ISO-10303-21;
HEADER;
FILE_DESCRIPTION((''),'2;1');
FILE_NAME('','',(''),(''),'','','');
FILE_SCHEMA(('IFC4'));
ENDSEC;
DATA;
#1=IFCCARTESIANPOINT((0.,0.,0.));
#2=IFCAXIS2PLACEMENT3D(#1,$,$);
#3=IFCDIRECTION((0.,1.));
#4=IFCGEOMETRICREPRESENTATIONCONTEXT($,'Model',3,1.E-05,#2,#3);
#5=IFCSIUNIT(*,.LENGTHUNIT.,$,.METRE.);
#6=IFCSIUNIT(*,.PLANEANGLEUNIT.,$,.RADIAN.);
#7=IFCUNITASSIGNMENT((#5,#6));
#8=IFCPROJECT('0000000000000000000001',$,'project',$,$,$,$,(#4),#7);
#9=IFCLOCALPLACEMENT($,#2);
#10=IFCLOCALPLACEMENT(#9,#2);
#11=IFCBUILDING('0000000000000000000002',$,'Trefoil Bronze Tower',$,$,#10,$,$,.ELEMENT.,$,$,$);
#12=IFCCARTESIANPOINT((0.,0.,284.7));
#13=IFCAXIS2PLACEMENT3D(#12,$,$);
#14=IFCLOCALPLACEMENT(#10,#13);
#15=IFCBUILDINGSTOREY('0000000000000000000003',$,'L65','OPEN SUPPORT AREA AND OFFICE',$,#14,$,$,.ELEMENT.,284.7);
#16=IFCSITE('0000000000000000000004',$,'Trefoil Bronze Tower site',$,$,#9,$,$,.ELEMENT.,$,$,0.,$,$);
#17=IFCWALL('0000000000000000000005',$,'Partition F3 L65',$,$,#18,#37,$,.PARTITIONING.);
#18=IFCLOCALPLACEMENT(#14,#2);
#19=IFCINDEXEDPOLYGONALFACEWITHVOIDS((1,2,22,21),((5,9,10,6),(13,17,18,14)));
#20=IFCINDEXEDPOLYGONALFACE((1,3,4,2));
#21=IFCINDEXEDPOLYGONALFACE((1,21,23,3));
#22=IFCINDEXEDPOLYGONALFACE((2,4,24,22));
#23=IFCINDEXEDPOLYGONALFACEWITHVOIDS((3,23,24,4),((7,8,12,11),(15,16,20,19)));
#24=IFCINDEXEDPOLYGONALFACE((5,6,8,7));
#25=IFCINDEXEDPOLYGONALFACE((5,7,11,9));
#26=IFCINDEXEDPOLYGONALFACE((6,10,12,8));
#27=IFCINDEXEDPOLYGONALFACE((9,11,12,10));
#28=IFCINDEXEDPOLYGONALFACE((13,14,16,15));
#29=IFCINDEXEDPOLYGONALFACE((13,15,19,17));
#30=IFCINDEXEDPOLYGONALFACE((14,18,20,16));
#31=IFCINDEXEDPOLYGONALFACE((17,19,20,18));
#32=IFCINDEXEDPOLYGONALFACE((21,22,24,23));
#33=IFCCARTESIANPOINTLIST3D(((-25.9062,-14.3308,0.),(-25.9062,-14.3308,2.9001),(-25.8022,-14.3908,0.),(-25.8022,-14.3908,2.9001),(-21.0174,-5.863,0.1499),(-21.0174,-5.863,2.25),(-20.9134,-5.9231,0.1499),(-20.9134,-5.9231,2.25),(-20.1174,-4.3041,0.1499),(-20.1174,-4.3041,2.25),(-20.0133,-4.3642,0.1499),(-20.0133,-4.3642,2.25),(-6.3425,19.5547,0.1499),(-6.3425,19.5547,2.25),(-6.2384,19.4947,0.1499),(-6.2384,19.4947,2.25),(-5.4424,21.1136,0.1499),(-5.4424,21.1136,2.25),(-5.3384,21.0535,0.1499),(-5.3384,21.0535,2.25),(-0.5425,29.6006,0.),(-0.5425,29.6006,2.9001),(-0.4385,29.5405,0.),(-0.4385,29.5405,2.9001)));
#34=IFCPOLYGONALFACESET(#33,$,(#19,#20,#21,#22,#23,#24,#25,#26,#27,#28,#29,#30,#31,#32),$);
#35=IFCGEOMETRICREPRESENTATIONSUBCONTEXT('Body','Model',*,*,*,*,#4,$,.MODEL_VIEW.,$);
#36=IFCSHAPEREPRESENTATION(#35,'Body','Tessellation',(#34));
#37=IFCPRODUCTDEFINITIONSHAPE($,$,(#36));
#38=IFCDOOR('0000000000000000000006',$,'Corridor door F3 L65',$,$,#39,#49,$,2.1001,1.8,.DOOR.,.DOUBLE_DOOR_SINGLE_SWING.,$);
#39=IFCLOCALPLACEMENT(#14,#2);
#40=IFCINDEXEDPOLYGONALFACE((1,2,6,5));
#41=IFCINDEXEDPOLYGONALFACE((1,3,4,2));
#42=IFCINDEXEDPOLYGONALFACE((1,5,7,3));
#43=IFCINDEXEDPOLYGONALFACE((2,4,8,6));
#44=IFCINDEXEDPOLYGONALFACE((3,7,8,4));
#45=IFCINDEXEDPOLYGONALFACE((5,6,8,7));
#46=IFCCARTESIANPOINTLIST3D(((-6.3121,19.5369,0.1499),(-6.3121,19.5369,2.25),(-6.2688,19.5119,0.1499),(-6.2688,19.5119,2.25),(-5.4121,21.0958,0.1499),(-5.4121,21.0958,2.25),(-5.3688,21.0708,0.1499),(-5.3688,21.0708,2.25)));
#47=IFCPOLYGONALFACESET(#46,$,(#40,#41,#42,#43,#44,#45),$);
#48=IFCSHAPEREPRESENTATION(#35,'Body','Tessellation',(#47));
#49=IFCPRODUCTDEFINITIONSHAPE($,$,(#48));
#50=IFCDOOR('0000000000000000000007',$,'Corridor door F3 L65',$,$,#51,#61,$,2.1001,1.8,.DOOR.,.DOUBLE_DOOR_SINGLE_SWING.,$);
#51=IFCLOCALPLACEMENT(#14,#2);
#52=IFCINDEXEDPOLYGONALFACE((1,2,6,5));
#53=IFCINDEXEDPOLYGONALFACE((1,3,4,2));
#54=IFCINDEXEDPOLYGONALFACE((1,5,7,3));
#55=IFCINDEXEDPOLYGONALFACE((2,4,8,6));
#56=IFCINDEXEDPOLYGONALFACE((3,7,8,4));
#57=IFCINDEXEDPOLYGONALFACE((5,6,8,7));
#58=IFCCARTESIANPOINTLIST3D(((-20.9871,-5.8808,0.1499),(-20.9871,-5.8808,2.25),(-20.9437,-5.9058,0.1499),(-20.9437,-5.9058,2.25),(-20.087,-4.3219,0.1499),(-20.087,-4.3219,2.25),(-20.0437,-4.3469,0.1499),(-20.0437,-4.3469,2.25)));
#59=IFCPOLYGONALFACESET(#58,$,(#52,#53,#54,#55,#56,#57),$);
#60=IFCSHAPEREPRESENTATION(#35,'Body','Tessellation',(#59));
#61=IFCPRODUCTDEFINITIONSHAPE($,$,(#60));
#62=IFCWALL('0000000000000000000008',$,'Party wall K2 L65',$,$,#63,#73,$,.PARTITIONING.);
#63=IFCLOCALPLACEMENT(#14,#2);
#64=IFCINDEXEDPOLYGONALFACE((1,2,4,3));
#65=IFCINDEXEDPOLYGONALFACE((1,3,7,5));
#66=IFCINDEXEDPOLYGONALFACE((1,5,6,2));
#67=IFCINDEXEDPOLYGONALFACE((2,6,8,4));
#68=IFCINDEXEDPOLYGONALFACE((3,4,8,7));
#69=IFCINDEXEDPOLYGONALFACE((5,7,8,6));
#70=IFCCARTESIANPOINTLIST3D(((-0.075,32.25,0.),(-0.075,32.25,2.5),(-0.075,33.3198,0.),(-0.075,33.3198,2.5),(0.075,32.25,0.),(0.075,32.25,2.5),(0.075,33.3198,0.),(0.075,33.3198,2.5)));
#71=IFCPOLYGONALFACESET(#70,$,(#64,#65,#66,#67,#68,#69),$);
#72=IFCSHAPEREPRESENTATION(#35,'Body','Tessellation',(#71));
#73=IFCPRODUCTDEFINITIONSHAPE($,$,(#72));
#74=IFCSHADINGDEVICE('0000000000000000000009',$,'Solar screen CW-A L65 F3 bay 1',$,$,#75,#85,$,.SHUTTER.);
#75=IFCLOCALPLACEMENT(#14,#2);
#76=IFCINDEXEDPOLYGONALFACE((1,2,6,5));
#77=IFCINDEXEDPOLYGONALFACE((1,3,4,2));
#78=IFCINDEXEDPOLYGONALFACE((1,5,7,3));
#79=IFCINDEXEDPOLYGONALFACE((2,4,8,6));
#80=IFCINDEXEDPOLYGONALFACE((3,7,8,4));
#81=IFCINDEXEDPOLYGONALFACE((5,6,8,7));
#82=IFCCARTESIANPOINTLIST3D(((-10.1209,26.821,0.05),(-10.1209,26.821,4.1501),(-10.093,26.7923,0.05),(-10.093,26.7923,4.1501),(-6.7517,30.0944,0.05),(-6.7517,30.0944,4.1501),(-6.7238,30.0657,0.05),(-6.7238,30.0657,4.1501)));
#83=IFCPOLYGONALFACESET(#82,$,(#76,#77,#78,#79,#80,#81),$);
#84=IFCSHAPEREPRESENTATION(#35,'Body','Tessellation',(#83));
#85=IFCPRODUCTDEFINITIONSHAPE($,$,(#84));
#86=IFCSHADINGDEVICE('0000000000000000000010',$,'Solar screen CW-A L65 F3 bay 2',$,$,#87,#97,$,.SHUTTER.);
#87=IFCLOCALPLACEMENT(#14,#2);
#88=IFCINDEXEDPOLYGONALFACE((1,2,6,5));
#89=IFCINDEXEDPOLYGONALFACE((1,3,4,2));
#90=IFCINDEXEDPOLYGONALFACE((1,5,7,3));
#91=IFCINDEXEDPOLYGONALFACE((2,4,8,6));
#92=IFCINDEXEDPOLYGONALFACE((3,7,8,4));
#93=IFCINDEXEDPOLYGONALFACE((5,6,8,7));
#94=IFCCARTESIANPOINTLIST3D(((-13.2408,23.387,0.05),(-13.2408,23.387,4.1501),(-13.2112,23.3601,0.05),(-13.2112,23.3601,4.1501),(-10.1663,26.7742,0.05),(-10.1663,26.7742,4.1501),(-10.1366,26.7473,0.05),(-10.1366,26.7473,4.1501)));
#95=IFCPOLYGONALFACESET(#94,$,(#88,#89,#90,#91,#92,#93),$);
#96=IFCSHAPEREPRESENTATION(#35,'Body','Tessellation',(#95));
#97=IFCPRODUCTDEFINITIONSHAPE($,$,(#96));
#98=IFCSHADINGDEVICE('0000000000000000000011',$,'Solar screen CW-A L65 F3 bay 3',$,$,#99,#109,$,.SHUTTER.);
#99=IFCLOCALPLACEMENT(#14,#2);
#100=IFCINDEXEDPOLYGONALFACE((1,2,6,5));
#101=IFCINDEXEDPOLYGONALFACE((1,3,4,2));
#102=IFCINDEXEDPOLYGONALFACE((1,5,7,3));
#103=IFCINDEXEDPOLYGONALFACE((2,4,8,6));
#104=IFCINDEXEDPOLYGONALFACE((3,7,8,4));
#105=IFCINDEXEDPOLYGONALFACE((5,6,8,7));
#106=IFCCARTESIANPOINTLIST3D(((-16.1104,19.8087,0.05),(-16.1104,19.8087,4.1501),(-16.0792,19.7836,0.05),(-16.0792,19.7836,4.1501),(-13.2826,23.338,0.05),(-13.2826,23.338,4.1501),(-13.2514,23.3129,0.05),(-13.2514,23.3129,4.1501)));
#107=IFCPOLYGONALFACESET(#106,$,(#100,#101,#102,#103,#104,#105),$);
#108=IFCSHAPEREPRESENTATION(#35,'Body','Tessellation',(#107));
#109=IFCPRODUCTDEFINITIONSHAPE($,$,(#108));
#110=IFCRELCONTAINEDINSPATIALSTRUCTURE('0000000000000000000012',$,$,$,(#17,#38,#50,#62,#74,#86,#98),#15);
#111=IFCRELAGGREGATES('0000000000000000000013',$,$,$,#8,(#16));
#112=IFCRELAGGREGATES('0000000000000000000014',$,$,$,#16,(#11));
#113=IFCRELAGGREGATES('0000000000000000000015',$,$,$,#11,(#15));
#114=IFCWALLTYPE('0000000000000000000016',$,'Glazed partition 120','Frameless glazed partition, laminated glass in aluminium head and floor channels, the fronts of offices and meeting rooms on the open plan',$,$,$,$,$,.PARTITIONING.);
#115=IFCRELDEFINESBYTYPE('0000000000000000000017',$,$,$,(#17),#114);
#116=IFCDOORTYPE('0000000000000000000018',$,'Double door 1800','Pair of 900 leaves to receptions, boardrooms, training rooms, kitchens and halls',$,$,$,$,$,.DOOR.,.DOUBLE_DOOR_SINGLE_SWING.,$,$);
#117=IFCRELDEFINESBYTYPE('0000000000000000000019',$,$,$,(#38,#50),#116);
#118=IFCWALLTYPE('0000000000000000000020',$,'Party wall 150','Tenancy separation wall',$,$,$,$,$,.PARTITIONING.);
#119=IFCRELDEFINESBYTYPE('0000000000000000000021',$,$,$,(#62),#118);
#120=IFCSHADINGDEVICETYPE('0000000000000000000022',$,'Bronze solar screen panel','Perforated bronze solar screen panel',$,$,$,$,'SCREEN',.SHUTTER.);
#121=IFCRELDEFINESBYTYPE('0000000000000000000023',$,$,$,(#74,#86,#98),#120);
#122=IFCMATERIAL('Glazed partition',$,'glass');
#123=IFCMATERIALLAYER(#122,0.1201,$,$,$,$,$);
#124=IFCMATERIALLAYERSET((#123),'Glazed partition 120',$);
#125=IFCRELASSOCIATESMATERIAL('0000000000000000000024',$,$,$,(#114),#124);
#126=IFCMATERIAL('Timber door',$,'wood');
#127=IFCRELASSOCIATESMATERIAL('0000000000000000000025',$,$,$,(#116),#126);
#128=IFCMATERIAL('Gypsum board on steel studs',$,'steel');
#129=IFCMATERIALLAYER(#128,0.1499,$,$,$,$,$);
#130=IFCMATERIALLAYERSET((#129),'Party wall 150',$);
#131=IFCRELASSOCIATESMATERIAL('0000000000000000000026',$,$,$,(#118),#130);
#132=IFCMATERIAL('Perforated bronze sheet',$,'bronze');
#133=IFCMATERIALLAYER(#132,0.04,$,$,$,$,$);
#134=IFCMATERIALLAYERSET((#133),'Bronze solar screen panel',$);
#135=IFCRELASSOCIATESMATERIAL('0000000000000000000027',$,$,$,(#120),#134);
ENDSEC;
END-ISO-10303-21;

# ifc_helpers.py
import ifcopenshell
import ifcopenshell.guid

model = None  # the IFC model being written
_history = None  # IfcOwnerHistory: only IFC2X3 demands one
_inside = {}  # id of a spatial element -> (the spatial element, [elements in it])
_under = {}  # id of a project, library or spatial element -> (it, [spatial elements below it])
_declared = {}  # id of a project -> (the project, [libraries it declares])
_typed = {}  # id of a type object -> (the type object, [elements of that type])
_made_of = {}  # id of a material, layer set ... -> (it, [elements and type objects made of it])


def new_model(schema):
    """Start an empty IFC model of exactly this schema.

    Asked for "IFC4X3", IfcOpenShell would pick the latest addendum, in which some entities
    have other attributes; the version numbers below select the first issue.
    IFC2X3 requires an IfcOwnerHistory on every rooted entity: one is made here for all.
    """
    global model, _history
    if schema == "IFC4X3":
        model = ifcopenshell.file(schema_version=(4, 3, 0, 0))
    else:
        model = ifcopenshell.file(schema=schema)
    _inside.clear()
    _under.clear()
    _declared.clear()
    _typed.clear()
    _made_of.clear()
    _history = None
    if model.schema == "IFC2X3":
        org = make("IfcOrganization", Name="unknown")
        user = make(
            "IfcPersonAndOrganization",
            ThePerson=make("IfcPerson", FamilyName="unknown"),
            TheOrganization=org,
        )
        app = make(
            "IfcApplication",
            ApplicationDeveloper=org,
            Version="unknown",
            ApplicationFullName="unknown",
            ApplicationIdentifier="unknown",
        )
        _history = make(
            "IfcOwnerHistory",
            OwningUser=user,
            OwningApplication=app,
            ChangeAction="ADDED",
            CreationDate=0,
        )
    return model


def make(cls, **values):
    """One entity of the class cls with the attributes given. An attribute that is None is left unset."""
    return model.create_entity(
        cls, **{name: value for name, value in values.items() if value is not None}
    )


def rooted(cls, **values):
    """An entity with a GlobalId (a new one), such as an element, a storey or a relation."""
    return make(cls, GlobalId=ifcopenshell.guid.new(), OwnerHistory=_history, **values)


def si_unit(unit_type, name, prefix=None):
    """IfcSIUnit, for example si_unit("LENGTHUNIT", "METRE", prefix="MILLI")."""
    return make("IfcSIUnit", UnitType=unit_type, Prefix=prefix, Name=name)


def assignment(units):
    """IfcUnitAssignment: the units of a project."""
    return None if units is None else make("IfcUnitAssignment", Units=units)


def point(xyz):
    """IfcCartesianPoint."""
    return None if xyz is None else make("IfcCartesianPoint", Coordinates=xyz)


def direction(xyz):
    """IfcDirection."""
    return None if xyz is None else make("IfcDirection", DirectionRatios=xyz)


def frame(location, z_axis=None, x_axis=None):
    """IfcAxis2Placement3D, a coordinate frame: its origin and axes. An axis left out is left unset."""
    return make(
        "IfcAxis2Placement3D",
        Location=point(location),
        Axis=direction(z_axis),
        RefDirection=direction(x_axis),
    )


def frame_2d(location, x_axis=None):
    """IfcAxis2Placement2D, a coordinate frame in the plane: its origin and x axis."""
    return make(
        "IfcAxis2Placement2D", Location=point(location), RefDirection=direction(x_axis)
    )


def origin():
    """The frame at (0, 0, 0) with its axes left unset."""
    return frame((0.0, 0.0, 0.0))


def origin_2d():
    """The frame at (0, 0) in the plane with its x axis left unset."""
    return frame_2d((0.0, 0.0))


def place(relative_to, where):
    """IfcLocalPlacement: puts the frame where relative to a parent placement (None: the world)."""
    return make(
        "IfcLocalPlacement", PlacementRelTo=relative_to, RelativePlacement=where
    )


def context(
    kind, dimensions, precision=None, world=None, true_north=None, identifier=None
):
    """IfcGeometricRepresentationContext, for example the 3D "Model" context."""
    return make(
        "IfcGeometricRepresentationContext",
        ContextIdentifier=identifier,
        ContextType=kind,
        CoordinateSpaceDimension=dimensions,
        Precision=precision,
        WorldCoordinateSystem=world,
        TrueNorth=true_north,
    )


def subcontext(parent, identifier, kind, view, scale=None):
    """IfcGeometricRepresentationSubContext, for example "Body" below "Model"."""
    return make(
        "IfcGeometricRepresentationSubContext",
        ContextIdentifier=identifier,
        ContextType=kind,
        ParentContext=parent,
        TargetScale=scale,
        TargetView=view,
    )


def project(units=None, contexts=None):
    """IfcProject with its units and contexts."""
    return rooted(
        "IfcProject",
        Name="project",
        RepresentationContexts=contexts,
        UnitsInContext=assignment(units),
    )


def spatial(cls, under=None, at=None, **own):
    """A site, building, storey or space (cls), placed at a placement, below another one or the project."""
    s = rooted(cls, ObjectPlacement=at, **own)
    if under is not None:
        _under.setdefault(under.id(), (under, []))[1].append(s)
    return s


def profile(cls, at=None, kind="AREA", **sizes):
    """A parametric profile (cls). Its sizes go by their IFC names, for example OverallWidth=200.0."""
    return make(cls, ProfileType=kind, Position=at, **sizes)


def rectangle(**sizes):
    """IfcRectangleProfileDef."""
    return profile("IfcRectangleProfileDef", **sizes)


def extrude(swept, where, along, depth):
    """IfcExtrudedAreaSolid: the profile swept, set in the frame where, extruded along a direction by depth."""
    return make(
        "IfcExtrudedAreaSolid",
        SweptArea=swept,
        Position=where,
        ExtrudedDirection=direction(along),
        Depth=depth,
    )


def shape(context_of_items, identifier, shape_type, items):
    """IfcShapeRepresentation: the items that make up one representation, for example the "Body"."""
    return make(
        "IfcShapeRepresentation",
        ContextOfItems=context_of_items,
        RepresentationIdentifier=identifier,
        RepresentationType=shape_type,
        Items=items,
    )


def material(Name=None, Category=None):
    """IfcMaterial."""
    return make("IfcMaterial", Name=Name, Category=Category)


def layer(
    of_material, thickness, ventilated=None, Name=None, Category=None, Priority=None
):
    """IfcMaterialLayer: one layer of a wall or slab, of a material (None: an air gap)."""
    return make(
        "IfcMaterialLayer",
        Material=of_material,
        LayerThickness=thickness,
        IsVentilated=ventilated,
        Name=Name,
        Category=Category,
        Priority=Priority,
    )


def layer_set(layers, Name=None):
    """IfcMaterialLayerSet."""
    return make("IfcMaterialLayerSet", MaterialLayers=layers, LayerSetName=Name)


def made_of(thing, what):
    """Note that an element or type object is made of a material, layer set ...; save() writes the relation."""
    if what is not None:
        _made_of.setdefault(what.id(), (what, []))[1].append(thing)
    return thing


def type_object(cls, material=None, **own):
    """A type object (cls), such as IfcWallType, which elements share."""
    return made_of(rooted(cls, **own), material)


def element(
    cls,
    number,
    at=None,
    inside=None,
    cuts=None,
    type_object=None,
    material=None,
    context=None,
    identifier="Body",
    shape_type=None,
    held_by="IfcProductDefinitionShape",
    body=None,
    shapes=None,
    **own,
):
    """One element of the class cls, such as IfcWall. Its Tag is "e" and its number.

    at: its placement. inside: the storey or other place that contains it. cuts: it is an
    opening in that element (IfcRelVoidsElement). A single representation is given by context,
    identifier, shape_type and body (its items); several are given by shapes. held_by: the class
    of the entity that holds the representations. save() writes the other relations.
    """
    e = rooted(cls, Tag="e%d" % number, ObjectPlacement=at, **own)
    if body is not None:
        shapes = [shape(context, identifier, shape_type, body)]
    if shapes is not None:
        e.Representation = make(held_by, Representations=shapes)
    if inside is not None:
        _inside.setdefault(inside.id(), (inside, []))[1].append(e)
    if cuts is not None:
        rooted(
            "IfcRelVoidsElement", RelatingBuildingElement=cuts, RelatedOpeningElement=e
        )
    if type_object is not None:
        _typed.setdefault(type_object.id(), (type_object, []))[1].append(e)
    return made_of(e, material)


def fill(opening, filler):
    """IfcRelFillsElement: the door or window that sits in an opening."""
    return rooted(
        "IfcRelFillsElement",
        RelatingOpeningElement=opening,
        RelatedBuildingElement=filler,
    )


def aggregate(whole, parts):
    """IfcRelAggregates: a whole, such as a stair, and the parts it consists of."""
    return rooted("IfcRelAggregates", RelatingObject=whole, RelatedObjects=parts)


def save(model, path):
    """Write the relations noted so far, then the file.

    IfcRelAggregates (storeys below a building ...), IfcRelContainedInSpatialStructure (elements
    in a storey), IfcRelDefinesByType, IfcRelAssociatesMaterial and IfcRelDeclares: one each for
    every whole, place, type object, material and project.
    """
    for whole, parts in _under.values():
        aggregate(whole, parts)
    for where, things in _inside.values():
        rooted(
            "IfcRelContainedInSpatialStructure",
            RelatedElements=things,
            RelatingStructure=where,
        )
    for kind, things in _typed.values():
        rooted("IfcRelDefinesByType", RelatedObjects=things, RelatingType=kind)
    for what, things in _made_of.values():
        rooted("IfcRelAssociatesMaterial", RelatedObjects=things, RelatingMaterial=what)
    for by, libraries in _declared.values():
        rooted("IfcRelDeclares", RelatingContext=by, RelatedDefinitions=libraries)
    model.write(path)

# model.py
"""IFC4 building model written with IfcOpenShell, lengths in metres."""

from ifc_helpers import new_model, si_unit, direction, frame, frame_2d, origin, origin_2d, place, context, subcontext, project, spatial, rectangle, extrude, material, layer, layer_set, type_object, element, fill, save


model = new_model("IFC4")

# Units and contexts
model_context = context("Model", 3, precision=1e-05, world=origin(), true_north=direction((0.0, 1.0)))
body_context = subcontext(model_context, "Body", "Model", "MODEL_VIEW")
ifc_project = project(units=[si_unit("LENGTHUNIT", "METRE"), si_unit("PLANEANGLEUNIT", "RADIAN")], contexts=[model_context])

# Site, building, storey
site_placement = place(None, origin())
site = spatial("IfcSite", under=ifc_project, at=site_placement, Name="Trefoil Bronze Tower site", CompositionType="ELEMENT", RefElevation=0.0)
building_placement = place(site_placement, origin())
building = spatial("IfcBuilding", under=site, at=building_placement, Name="Trefoil Bronze Tower", CompositionType="ELEMENT")
storey_placement = place(building_placement, frame((0.0, 0.0, 284.7)))
storey = spatial("IfcBuildingStorey", under=building, at=storey_placement, Name="L65", Description="OPEN SUPPORT AREA AND OFFICE", CompositionType="ELEMENT", Elevation=284.7)

# Wall, openings, doors
ifc_material_1 = material(Name="Glazed partition", Category="glass")
ifc_layer_1 = layer(ifc_material_1, 0.1201)
ifc_layer_set_1 = layer_set([ifc_layer_1], Name="Glazed partition 120")
wall_type_1 = type_object("IfcWallType", Name="Glazed partition 120", Description="Frameless glazed partition, laminated glass in aluminium head and floor channels, the fronts of offices and meeting rooms on the open plan", PredefinedType="PARTITIONING", material=ifc_layer_set_1)
wall_1_placement = place(storey_placement, frame((-0.4905, 29.5706, 0.0), z_axis=(0.0, 0.0, 1.0), x_axis=(-0.499999, -0.866026, 0.0)))
wall_1 = element("IfcWall", 1, at=wall_1_placement, inside=storey, type_object=wall_type_1, Name="Partition F3 L65", PredefinedType="PARTITIONING", context=body_context, shape_type="SweptSolid", body=[
    extrude(rectangle(XDim=50.7275, YDim=0.1201, at=frame_2d((25.3638, 0.0))), origin(), (0.0, 0.0, 1.0), 2.9001),
])
opening_1_placement = place(wall_1_placement, frame((9.8, 0.0, 0.1499)))
opening_1 = element("IfcOpeningElement", 2, at=opening_1_placement, cuts=wall_1, PredefinedType="OPENING", context=body_context, shape_type="SweptSolid", body=[
    extrude(rectangle(XDim=1.8, YDim=2.1001, at=frame_2d((0.8999, 1.05))), frame((0.0, 0.0701, 0.0), z_axis=(0.0, -1.0, 0.0), x_axis=(1.0, 0.0, 0.0)), (0.0, 0.0, 1.0), 0.1401),
])
opening_2_placement = place(wall_1_placement, frame((39.1499, 0.0, 0.1499)))
opening_2 = element("IfcOpeningElement", 3, at=opening_2_placement, cuts=wall_1, PredefinedType="OPENING", context=body_context, shape_type="SweptSolid", body=[
    extrude(rectangle(XDim=1.8, YDim=2.1001, at=frame_2d((0.8999, 1.05))), frame((0.0, 0.0701, 0.0), z_axis=(0.0, -1.0, 0.0), x_axis=(1.0, 0.0, 0.0)), (0.0, 0.0, 1.0), 0.1401),
])
ifc_material_2 = material(Name="Timber door", Category="wood")
door_type = type_object("IfcDoorType", Name="Double door 1800", Description="Pair of 900 leaves to receptions, boardrooms, training rooms, kitchens and halls", OperationType="DOUBLE_DOOR_SINGLE_SWING", PredefinedType="DOOR", material=ifc_material_2)
door_1_placement = place(opening_1_placement, frame((1.8, 0.0, 0.0), z_axis=(0.0, 0.0, 1.0), x_axis=(-1.0, 0.0, 0.0)))
door_1 = element("IfcDoor", 4, at=door_1_placement, inside=storey, type_object=door_type, Name="Corridor door F3 L65", OperationType="DOUBLE_DOOR_SINGLE_SWING", OverallHeight=2.1001, OverallWidth=1.8, PredefinedType="DOOR", context=body_context, shape_type="SweptSolid", body=[
    extrude(rectangle(XDim=1.8, YDim=2.1001, at=frame_2d((0.8999, 1.05))), frame((0.0, 0.0249, 0.0), z_axis=(0.0, -1.0, 0.0), x_axis=(1.0, 0.0, 0.0)), (0.0, 0.0, 1.0), 0.05),
])
fill(opening_1, door_1)
door_2_placement = place(opening_2_placement, frame((1.8, 0.0, 0.0), z_axis=(0.0, 0.0, 1.0), x_axis=(-1.0, 0.0, 0.0)))
door_2 = element("IfcDoor", 5, at=door_2_placement, inside=storey, type_object=door_type, Name="Corridor door F3 L65", OperationType="DOUBLE_DOOR_SINGLE_SWING", OverallHeight=2.1001, OverallWidth=1.8, PredefinedType="DOOR", context=body_context, shape_type="SweptSolid", body=[
    extrude(rectangle(XDim=1.8, YDim=2.1001, at=frame_2d((0.8999, 1.05))), frame((0.0, 0.0249, 0.0), z_axis=(0.0, -1.0, 0.0), x_axis=(1.0, 0.0, 0.0)), (0.0, 0.0, 1.0), 0.05),
])
fill(opening_2, door_2)

# Wall
ifc_material_3 = material(Name="Gypsum board on steel studs", Category="steel")
ifc_layer_2 = layer(ifc_material_3, 0.1499)
ifc_layer_set_2 = layer_set([ifc_layer_2], Name="Party wall 150")
wall_type_2 = type_object("IfcWallType", Name="Party wall 150", Description="Tenancy separation wall", PredefinedType="PARTITIONING", material=ifc_layer_set_2)
wall_2_placement = place(storey_placement, frame((0.0, 32.25, 0.0), z_axis=(0.0, 0.0, 1.0), x_axis=(0.0, 1.0, 0.0)))
element("IfcWall", 6, at=wall_2_placement, inside=storey, type_object=wall_type_2, Name="Party wall K2 L65", PredefinedType="PARTITIONING", context=body_context, shape_type="SweptSolid", body=[
    extrude(rectangle(XDim=1.0698, YDim=0.1499, at=frame_2d((0.5349, 0.0))), origin(), (0.0, 0.0, 1.0), 2.5),
])

# Shading devices
ifc_material_4 = material(Name="Perforated bronze sheet", Category="bronze")
ifc_layer_3 = layer(ifc_material_4, 0.04)
ifc_layer_set_3 = layer_set([ifc_layer_3], Name="Bronze solar screen panel")
shading_device_type = type_object("IfcShadingDeviceType", Name="Bronze solar screen panel", Description="Perforated bronze solar screen panel", ElementType="SCREEN", PredefinedType="SHUTTER", material=ifc_layer_set_3)
shading_device_1_placement = place(storey_placement, frame((-8.4224, 28.4434, 0.05), z_axis=(0.0, 0.0, 1.0), x_axis=(-0.717218, -0.696849, 0.0)))
element("IfcShadingDevice", 7, at=shading_device_1_placement, inside=storey, type_object=shading_device_type, Name="Solar screen CW-A L65 F3 bay 1", PredefinedType="SHUTTER", context=body_context, shape_type="SweptSolid", body=[
    extrude(rectangle(XDim=4.6975, YDim=0.04, at=origin_2d()), origin(), (0.0, 0.0, 1.0), 4.1001),
])
shading_device_2_placement = place(storey_placement, frame((-11.6887, 25.0671, 0.05), z_axis=(0.0, 0.0, 1.0), x_axis=(-0.672115, -0.740447, 0.0)))
element("IfcShadingDevice", 8, at=shading_device_2_placement, inside=storey, type_object=shading_device_type, Name="Solar screen CW-A L65 F3 bay 2", PredefinedType="SHUTTER", context=body_context, shape_type="SweptSolid", body=[
    extrude(rectangle(XDim=4.5745, YDim=0.04, at=origin_2d()), origin(), (0.0, 0.0, 1.0), 4.1001),
])
shading_device_3_placement = place(storey_placement, frame((-14.6809, 21.5608, 0.05), z_axis=(0.0, 0.0, 1.0), x_axis=(-0.625287, -0.780395, 0.0)))
element("IfcShadingDevice", 9, at=shading_device_3_placement, inside=storey, type_object=shading_device_type, Name="Solar screen CW-A L65 F3 bay 3", PredefinedType="SHUTTER", context=body_context, shape_type="SweptSolid", body=[
    extrude(rectangle(XDim=4.5225, YDim=0.04, at=origin_2d()), origin(), (0.0, 0.0, 1.0), 4.1001),
])

save(model, "model.ifc")
